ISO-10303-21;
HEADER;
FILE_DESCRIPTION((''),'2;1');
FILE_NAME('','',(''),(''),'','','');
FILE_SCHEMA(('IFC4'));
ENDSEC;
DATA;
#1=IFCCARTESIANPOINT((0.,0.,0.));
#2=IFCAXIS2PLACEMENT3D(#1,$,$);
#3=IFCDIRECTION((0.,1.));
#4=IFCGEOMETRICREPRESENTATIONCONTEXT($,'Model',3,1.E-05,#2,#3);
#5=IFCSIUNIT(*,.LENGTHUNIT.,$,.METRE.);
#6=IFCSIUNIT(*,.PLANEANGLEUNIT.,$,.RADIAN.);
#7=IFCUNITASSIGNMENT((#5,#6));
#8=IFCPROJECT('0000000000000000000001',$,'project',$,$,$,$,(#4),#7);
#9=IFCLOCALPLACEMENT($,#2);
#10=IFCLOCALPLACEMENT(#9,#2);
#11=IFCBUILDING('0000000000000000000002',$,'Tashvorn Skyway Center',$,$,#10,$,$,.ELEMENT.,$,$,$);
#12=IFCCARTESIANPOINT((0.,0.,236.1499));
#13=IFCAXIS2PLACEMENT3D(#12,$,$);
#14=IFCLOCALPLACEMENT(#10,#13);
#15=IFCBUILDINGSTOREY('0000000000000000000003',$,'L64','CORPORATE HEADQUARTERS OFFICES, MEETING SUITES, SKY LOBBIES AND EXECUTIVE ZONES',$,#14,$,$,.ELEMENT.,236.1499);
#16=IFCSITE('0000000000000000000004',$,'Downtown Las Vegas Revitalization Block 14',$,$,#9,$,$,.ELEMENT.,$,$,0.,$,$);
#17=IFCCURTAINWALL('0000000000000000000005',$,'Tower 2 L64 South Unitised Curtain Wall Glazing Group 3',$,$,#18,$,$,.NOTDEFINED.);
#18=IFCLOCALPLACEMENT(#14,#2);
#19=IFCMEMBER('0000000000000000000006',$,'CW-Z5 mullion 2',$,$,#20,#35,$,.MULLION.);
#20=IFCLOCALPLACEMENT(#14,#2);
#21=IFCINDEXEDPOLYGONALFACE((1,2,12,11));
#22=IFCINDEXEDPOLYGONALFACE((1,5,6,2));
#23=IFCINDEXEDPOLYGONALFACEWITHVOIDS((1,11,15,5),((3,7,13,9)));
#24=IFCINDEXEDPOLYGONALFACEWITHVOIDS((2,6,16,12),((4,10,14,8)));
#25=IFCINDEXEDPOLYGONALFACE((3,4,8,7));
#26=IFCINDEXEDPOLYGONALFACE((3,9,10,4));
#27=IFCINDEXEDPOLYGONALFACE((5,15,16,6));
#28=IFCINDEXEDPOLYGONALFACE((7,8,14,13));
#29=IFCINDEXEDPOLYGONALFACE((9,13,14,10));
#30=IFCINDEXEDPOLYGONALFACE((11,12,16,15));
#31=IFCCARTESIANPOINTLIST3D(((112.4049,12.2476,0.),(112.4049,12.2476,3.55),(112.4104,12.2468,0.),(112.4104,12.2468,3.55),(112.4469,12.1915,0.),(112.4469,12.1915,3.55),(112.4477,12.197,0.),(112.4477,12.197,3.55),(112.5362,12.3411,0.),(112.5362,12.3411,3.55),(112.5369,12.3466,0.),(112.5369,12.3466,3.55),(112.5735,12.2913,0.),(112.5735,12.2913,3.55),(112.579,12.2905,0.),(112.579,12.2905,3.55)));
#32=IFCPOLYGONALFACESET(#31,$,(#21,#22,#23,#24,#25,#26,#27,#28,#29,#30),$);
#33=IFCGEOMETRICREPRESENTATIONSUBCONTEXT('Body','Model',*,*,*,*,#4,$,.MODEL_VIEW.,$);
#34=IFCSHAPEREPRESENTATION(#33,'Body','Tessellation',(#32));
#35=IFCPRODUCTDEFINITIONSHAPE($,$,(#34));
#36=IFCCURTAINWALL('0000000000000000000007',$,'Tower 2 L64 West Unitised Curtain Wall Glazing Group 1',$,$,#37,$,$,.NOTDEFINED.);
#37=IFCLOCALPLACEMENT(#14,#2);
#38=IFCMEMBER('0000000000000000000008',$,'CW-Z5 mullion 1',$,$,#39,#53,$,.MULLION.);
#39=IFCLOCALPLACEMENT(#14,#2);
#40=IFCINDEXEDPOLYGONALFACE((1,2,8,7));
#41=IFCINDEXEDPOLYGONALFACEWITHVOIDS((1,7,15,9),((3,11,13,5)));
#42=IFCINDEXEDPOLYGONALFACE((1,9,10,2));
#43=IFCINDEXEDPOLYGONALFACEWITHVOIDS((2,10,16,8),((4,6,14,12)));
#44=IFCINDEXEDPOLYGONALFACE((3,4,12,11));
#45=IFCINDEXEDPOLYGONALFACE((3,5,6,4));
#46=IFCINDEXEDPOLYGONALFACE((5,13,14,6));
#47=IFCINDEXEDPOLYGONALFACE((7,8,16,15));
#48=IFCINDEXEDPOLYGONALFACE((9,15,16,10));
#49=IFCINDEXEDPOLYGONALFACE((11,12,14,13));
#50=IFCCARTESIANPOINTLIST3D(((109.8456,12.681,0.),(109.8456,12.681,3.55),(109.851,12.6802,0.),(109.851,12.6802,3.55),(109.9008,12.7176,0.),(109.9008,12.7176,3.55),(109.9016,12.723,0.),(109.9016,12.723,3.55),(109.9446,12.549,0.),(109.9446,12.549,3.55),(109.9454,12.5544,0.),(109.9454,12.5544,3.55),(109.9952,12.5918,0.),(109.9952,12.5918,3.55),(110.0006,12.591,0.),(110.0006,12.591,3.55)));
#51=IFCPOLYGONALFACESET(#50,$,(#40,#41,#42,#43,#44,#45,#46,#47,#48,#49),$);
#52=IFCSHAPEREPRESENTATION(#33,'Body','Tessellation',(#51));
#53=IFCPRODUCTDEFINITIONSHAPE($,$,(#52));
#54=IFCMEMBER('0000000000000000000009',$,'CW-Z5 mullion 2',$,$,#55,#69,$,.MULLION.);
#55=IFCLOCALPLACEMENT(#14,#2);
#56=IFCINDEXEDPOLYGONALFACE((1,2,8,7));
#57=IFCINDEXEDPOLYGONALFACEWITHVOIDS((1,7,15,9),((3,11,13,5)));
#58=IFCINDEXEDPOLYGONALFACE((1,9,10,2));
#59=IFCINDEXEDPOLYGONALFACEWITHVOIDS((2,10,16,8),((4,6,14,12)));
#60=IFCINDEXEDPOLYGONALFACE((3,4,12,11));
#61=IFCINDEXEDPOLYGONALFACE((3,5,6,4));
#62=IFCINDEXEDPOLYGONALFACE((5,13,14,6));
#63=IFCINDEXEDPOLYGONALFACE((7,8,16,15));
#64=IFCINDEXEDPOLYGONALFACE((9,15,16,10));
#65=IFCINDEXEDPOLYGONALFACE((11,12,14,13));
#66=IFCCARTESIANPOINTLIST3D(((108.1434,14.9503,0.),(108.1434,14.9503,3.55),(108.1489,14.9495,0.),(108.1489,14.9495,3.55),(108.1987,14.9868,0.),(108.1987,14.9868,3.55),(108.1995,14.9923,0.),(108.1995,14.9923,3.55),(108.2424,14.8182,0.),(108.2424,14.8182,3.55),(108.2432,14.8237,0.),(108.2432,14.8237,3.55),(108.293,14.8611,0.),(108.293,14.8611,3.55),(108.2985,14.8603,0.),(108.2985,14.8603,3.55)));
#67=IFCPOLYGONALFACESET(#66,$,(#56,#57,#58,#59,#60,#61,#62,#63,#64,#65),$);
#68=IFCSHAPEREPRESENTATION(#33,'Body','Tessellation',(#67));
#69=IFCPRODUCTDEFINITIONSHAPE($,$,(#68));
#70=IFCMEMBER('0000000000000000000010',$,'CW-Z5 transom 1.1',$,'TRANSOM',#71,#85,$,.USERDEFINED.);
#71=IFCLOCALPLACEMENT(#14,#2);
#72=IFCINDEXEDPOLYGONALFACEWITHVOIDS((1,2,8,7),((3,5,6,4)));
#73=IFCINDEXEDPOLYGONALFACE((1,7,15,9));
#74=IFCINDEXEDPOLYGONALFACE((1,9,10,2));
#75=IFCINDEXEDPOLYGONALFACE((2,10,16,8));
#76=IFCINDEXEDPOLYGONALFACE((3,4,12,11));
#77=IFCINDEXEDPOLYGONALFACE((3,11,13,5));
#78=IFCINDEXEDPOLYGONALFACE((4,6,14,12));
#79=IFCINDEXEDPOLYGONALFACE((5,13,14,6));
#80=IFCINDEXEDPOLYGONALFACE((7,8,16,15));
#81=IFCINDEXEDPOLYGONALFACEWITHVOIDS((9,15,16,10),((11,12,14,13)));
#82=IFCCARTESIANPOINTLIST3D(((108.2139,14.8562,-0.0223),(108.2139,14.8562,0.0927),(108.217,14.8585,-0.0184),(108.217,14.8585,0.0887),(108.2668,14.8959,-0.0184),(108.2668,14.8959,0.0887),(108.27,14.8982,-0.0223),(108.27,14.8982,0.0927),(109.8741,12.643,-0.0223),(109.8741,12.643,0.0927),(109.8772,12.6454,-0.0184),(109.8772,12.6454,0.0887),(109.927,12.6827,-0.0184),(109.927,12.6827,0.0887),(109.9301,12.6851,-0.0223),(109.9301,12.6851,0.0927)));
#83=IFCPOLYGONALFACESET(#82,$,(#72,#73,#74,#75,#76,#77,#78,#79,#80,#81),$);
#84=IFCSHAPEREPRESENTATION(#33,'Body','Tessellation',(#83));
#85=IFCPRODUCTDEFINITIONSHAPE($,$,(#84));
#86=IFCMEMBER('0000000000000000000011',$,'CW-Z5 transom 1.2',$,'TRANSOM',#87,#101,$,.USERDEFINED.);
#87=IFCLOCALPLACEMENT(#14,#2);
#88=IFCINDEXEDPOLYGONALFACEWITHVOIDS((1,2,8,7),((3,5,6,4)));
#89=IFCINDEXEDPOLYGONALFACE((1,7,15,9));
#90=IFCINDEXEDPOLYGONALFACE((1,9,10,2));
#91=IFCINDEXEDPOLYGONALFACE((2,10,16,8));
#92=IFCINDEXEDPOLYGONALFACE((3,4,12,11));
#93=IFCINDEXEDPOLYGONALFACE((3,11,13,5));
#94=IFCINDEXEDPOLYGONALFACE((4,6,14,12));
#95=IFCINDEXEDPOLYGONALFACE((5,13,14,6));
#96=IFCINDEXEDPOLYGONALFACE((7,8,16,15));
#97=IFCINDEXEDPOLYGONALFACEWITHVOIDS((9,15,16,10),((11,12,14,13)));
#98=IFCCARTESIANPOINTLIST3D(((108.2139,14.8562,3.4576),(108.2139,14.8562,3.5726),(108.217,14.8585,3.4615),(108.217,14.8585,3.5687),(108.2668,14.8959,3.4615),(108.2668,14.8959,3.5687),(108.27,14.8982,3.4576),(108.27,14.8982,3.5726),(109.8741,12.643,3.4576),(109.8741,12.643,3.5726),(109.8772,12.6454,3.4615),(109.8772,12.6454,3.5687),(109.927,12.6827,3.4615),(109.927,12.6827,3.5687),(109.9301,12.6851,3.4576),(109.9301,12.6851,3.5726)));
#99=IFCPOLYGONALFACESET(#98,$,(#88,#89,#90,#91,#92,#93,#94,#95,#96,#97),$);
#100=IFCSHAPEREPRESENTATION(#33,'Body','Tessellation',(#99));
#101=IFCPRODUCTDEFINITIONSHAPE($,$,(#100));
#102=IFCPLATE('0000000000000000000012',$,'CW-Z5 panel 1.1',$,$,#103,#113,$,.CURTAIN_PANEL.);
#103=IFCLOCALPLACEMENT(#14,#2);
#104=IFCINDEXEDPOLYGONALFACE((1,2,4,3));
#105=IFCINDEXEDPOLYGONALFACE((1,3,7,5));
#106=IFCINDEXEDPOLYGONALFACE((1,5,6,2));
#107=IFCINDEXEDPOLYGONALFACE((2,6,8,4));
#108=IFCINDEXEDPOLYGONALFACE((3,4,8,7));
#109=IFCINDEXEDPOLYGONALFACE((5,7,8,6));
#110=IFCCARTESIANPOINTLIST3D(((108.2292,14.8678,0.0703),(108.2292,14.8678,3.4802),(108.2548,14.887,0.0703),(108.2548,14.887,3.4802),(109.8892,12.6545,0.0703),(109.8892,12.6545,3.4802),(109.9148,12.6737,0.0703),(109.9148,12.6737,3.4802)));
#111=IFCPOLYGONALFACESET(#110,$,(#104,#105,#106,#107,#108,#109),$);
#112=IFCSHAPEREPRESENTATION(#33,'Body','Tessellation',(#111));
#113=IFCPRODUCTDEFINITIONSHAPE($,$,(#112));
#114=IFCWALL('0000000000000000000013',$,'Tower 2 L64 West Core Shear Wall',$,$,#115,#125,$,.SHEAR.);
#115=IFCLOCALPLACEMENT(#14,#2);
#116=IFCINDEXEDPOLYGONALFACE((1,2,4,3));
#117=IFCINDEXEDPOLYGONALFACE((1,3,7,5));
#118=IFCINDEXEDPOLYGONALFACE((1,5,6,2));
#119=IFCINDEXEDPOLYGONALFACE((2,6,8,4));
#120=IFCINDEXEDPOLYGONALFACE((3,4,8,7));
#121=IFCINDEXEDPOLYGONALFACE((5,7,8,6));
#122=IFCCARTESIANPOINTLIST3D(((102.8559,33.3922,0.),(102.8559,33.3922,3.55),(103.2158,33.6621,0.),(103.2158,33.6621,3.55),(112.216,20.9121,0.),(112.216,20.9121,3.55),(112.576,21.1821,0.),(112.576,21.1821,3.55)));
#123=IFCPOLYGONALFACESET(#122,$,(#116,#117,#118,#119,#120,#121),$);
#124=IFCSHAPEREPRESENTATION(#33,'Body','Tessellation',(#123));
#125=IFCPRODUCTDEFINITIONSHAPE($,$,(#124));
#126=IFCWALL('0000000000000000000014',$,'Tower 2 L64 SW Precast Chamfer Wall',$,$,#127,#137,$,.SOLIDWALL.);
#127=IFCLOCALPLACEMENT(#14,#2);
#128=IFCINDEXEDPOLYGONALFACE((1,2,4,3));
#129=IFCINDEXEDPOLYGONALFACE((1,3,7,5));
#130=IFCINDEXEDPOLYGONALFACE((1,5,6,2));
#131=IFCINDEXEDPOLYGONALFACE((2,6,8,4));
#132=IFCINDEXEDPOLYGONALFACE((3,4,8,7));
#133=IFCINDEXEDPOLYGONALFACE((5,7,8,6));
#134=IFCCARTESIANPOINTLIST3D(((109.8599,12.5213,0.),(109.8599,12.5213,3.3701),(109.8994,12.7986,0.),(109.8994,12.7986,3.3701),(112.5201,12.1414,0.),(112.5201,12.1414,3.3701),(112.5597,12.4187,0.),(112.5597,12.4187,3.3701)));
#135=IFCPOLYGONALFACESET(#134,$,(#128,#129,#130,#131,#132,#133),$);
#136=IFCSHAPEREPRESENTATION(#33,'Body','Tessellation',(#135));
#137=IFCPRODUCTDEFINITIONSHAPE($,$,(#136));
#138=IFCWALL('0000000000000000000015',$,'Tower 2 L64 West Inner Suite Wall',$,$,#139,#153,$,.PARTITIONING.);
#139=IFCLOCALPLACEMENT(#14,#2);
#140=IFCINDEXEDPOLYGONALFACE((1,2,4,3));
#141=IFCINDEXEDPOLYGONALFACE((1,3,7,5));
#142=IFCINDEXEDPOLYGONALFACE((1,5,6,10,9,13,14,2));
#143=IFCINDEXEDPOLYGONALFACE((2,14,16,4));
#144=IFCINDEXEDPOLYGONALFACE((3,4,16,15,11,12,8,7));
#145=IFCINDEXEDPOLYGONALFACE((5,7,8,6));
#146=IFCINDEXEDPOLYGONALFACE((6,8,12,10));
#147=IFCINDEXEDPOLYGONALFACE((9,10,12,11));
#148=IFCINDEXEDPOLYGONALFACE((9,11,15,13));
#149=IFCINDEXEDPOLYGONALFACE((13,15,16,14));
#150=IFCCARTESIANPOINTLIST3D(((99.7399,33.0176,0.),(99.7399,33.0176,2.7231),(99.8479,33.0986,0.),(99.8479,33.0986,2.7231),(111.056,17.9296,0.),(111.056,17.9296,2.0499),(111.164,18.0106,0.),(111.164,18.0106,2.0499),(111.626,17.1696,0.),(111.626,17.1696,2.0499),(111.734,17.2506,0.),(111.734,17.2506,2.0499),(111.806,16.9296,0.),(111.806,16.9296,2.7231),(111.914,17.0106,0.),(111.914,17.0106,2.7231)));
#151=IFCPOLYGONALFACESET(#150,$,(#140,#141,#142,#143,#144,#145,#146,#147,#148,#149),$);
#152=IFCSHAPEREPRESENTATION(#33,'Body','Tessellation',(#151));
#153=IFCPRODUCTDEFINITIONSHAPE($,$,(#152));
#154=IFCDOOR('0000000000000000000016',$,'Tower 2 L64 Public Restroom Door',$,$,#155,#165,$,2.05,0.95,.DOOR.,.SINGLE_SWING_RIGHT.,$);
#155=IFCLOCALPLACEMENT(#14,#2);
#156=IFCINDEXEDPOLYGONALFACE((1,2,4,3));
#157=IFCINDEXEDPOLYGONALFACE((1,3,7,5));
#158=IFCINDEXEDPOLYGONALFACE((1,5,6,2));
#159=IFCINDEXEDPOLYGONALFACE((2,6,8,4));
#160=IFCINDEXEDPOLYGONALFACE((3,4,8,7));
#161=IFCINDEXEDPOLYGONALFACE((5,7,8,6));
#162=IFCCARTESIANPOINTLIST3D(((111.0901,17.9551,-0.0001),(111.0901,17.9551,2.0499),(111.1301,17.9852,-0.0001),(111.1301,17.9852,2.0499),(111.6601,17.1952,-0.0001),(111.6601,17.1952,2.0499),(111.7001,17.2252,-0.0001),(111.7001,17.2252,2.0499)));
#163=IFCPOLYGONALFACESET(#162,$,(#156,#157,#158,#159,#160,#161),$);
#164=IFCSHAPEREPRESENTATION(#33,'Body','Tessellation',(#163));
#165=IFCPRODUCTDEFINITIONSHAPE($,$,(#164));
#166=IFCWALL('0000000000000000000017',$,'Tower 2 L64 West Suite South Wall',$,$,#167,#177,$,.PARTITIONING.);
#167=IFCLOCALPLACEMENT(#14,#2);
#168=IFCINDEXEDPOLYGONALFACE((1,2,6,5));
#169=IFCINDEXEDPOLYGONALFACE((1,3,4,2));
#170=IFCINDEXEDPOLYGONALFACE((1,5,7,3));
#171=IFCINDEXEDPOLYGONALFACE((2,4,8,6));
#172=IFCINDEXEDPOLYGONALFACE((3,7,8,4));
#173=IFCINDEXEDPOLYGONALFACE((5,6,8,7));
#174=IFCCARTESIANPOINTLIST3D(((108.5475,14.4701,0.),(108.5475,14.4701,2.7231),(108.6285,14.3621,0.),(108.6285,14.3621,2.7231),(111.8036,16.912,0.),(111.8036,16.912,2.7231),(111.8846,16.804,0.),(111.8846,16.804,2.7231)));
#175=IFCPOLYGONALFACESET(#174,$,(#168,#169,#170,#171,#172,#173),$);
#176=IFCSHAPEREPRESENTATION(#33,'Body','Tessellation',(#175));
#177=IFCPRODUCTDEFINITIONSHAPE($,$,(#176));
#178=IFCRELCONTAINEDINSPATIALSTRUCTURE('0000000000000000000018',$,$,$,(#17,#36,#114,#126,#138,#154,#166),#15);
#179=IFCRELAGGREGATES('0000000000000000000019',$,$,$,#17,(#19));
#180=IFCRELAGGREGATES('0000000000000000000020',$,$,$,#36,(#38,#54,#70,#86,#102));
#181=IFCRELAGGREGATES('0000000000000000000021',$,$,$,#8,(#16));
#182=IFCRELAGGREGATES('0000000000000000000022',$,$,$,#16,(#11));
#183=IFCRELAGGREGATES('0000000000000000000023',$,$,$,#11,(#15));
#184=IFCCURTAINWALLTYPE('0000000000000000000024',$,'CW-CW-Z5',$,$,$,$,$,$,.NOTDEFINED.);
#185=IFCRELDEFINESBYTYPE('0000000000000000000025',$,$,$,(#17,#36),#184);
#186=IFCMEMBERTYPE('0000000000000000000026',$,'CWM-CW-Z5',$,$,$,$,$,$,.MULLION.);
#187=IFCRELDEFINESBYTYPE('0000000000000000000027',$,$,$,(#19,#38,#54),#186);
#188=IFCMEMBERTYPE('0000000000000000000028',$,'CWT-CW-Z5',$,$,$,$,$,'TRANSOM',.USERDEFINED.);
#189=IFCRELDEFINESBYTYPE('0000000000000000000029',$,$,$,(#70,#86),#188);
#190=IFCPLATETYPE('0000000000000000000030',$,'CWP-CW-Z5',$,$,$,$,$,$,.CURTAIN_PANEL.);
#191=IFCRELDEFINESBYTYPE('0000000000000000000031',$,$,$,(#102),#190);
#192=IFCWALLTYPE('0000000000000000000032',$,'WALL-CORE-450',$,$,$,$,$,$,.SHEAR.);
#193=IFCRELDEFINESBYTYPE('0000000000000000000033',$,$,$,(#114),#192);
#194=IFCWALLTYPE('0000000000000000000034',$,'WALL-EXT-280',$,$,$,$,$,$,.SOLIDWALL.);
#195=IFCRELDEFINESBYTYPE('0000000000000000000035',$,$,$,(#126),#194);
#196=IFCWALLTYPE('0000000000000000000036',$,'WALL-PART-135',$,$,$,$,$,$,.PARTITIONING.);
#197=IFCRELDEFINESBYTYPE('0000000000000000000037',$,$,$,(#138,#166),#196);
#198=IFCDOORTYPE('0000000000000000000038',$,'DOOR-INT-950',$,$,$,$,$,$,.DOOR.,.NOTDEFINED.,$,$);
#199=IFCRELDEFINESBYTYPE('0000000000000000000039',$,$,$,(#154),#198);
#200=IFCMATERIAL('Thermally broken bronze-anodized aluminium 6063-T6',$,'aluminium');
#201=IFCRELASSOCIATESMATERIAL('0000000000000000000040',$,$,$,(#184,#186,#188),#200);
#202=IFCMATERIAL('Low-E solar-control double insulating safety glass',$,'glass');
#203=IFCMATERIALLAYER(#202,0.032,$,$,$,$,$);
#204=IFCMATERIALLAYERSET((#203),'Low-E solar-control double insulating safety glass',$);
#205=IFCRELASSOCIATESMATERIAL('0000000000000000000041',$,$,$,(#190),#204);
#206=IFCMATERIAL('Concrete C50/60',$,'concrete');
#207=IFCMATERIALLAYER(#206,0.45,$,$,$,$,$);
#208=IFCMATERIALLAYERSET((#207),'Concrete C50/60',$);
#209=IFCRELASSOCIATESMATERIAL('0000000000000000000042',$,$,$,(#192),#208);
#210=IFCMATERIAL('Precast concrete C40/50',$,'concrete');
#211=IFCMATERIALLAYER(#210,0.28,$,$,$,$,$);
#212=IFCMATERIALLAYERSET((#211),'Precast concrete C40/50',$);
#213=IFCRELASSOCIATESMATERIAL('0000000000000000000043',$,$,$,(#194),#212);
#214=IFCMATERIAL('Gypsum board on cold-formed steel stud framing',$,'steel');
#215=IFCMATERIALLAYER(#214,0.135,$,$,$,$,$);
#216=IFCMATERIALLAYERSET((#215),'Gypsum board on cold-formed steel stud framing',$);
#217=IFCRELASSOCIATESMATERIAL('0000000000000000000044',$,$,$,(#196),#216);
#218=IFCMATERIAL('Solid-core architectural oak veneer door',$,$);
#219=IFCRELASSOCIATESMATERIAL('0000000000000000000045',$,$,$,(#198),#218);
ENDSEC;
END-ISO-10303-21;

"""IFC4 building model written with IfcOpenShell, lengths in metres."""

from ifc_helpers import new_model, si_unit, direction, frame, frame_2d, origin, origin_2d, place, context, subcontext, project, spatial, rectangle, hollow_rectangle, extrude, material, layer, layer_set, material_profile, profile_set, type_object, element, fill, aggregate, save


model = new_model("IFC4")

# Units and contexts
model_context = context("Model", 3, precision=1e-05, world=origin(), true_north=direction((0.0, 1.0)))
body_context = subcontext(model_context, "Body", "Model", "MODEL_VIEW")
ifc_project = project(units=[si_unit("LENGTHUNIT", "METRE"), si_unit("PLANEANGLEUNIT", "RADIAN")], contexts=[model_context])

# Site, building, storey
site_placement = place(None, origin())
site = spatial("IfcSite", under=ifc_project, at=site_placement, Name="Downtown Las Vegas Revitalization Block 14", CompositionType="ELEMENT", RefElevation=0.0)
building_placement = place(site_placement, origin())
building = spatial("IfcBuilding", under=site, at=building_placement, Name="Tashvorn Skyway Center", CompositionType="ELEMENT")
storey_placement = place(building_placement, frame((0.0, 0.0, 236.1499)))
storey = spatial("IfcBuildingStorey", under=building, at=storey_placement, Name="L64", Description="CORPORATE HEADQUARTERS OFFICES, MEETING SUITES, SKY LOBBIES AND EXECUTIVE ZONES", CompositionType="ELEMENT", Elevation=236.1499)

# Shared definitions
ifc_material_1 = material(Name="Concrete C50/60", Category="concrete")

# Curtain wall, member
ifc_material_2 = material(Name="Thermally broken bronze-anodized aluminium 6063-T6", Category="aluminium")
curtain_wall_type = type_object("IfcCurtainWallType", Name="CW-CW-Z5", PredefinedType="NOTDEFINED", material=ifc_material_2)
curtain_wall_1_placement = place(storey_placement, origin())
curtain_wall_1 = element("IfcCurtainWall", 1, at=curtain_wall_1_placement, inside=storey, type_object=curtain_wall_type, Name="Tower 2 L64 South Unitised Curtain Wall Glazing Group 3", PredefinedType="NOTDEFINED")
ifc_material_profile_1 = material_profile(ifc_material_2, hollow_rectangle(XDim=0.0701, YDim=0.165, WallThickness=0.0039, at=origin_2d()), Name="ALU-MULL-70x165")
ifc_profile_set_1 = profile_set([ifc_material_profile_1], Name="Thermally broken bronze-anodized aluminium 6063-T6")
member_type_1 = type_object("IfcMemberType", Name="CWM-CW-Z5", PredefinedType="MULLION", material=ifc_profile_set_1)
member_1_placement = place(storey_placement, frame((112.4919, 12.269, 0.0), z_axis=(0.0, 0.0, 1.0), x_axis=(0.600006, -0.799996, 0.0)))
member_1 = element("IfcMember", 2, at=member_1_placement, type_object=member_type_1, Name="CW-Z5 mullion 2", PredefinedType="MULLION", context=body_context, shape_type="SweptSolid", body=[
    extrude(hollow_rectangle(XDim=0.0701, YDim=0.165, WallThickness=0.0039, at=origin_2d()), origin(), (0.0, 0.0, 1.0), 3.55),
])
aggregate(curtain_wall_1, [member_1])

# Curtain wall, members, plate
curtain_wall_2_placement = place(storey_placement, origin())
curtain_wall_2 = element("IfcCurtainWall", 3, at=curtain_wall_2_placement, inside=storey, type_object=curtain_wall_type, Name="Tower 2 L64 West Unitised Curtain Wall Glazing Group 1", PredefinedType="NOTDEFINED")
member_2_placement = place(storey_placement, frame((109.9231, 12.636, 0.0), z_axis=(0.0, 0.0, 1.0), x_axis=(-0.799996, -0.600006, 0.0)))
member_2 = element("IfcMember", 4, at=member_2_placement, type_object=member_type_1, Name="CW-Z5 mullion 1", PredefinedType="MULLION", context=body_context, shape_type="SweptSolid", body=[
    extrude(hollow_rectangle(XDim=0.0701, YDim=0.165, WallThickness=0.0039, at=origin_2d()), origin(), (0.0, 0.0, 1.0), 3.55),
])
member_3_placement = place(storey_placement, frame((108.2209, 14.9053, 0.0), z_axis=(0.0, 0.0, 1.0), x_axis=(-0.799996, -0.600006, 0.0)))
member_3 = element("IfcMember", 5, at=member_3_placement, type_object=member_type_1, Name="CW-Z5 mullion 2", PredefinedType="MULLION", context=body_context, shape_type="SweptSolid", body=[
    extrude(hollow_rectangle(XDim=0.0701, YDim=0.165, WallThickness=0.0039, at=origin_2d()), origin(), (0.0, 0.0, 1.0), 3.55),
])
ifc_material_profile_2 = material_profile(ifc_material_2, hollow_rectangle(XDim=0.0701, YDim=0.115, WallThickness=0.0039, at=origin_2d()), Name="ALU-TRAN-70x115")
ifc_profile_set_2 = profile_set([ifc_material_profile_2], Name="Thermally broken bronze-anodized aluminium 6063-T6")
member_type_2 = type_object("IfcMemberType", Name="CWT-CW-Z5", ElementType="TRANSOM", PredefinedType="USERDEFINED", material=ifc_profile_set_2)
member_4_placement = place(storey_placement, frame((109.9021, 12.6641, 0.0352), z_axis=(-0.600071, 0.799947, 0.0), x_axis=(-0.799947, -0.600071, 0.0)))
member_4 = element("IfcMember", 6, at=member_4_placement, type_object=member_type_2, Name="CW-Z5 transom 1.1", ObjectType="TRANSOM", PredefinedType="USERDEFINED", context=body_context, shape_type="SweptSolid", body=[
    extrude(hollow_rectangle(XDim=0.0701, YDim=0.115, WallThickness=0.0039, at=origin_2d()), origin(), (0.0, 0.0, 1.0), 2.7666),
])
member_5_placement = place(storey_placement, frame((109.9021, 12.6641, 3.5151), z_axis=(-0.600071, 0.799947, 0.0), x_axis=(-0.799947, -0.600071, 0.0)))
member_5 = element("IfcMember", 7, at=member_5_placement, type_object=member_type_2, Name="CW-Z5 transom 1.2", ObjectType="TRANSOM", PredefinedType="USERDEFINED", context=body_context, shape_type="SweptSolid", body=[
    extrude(hollow_rectangle(XDim=0.0701, YDim=0.115, WallThickness=0.0039, at=origin_2d()), origin(), (0.0, 0.0, 1.0), 2.7666),
])
ifc_material_3 = material(Name="Low-E solar-control double insulating safety glass", Category="glass")
ifc_layer_1 = layer(ifc_material_3, 0.032)
ifc_layer_set_1 = layer_set([ifc_layer_1], Name="Low-E solar-control double insulating safety glass")
plate_type = type_object("IfcPlateType", Name="CWP-CW-Z5", PredefinedType="CURTAIN_PANEL", material=ifc_layer_set_1)
plate_placement = place(storey_placement, frame((109.072, 13.7708, 0.0703), z_axis=(0.0, 0.0, 1.0), x_axis=(-0.600006, 0.799996, 0.0)))
plate = element("IfcPlate", 8, at=plate_placement, type_object=plate_type, Name="CW-Z5 panel 1.1", PredefinedType="CURTAIN_PANEL", context=body_context, shape_type="SweptSolid", body=[
    extrude(rectangle(XDim=2.7666, YDim=0.032, at=origin_2d()), origin(), (0.0, 0.0, 1.0), 3.4099),
])
aggregate(curtain_wall_2, [member_2, member_3, member_4, member_5, plate])

# Walls
ifc_layer_2 = layer(ifc_material_1, 0.45)
ifc_layer_set_2 = layer_set([ifc_layer_2], Name="Concrete C50/60")
wall_type_1 = type_object("IfcWallType", Name="WALL-CORE-450", PredefinedType="SHEAR", material=ifc_layer_set_2)
wall_1_placement = place(storey_placement, frame((112.396, 21.0471, 0.0), z_axis=(0.0, 0.0, 1.0), x_axis=(-0.600005, 0.799996, 0.0)))
element("IfcWall", 9, at=wall_1_placement, inside=storey, type_object=wall_type_1, Name="Tower 2 L64 West Core Shear Wall", PredefinedType="SHEAR", context=body_context, shape_type="SweptSolid", body=[
    extrude(rectangle(XDim=15.6001, YDim=0.45, at=frame_2d((7.8, 0.0))), origin(), (0.0, 0.0, 1.0), 3.55),
])
ifc_material_4 = material(Name="Precast concrete C40/50", Category="concrete")
ifc_layer_3 = layer(ifc_material_4, 0.28)
ifc_layer_set_3 = layer_set([ifc_layer_3], Name="Precast concrete C40/50")
wall_type_2 = type_object("IfcWallType", Name="WALL-EXT-280", PredefinedType="SOLIDWALL", material=ifc_layer_set_3)
wall_2_placement = place(storey_placement, frame((112.54, 12.28, 0.0), z_axis=(0.0, 0.0, 1.0), x_axis=(-0.989957, 0.14137, 0.0)))
element("IfcWall", 10, at=wall_2_placement, inside=storey, type_object=wall_type_2, Name="Tower 2 L64 SW Precast Chamfer Wall", PredefinedType="SOLIDWALL", context=body_context, shape_type="SweptSolid", body=[
    extrude(rectangle(XDim=2.6873, YDim=0.28, at=frame_2d((1.3438, 0.0))), origin(), (0.0, 0.0, 1.0), 3.3701),
])

# Wall, opening, door
ifc_material_5 = material(Name="Gypsum board on cold-formed steel stud framing", Category="steel")
ifc_layer_4 = layer(ifc_material_5, 0.135)
ifc_layer_set_4 = layer_set([ifc_layer_4], Name="Gypsum board on cold-formed steel stud framing")
wall_type_3 = type_object("IfcWallType", Name="WALL-PART-135", PredefinedType="PARTITIONING", material=ifc_layer_set_4)
wall_3_placement = place(storey_placement, frame((111.8601, 16.97, 0.0), z_axis=(0.0, 0.0, 1.0), x_axis=(-0.600002, 0.799999, 0.0)))
wall_3 = element("IfcWall", 11, at=wall_3_placement, inside=storey, type_object=wall_type_3, Name="Tower 2 L64 West Inner Suite Wall", PredefinedType="PARTITIONING", context=body_context, shape_type="SweptSolid", body=[
    extrude(rectangle(XDim=20.1101, YDim=0.135, at=frame_2d((10.0552, 0.0))), origin(), (0.0, 0.0, 1.0), 2.7231),
])
opening_1_placement = place(wall_3_placement, frame((0.3, 0.0, 0.0)))
opening_1 = element("IfcOpeningElement", 12, at=opening_1_placement, cuts=wall_3, PredefinedType="OPENING", context=body_context, shape_type="SweptSolid", body=[
    extrude(rectangle(XDim=0.95, YDim=2.05, at=frame_2d((0.4751, 1.0249))), frame((0.0, 0.0774, 0.0), z_axis=(0.0, -1.0, 0.0), x_axis=(1.0, 0.0, 0.0)), (0.0, 0.0, 1.0), 0.155),
])
ifc_material_6 = material(Name="Solid-core architectural oak veneer door")
door_type_1 = type_object("IfcDoorType", Name="DOOR-INT-950", OperationType="NOTDEFINED", PredefinedType="DOOR", material=ifc_material_6)
door_1_placement = place(opening_1_placement, origin())
door_1 = element("IfcDoor", 13, at=door_1_placement, inside=storey, type_object=door_type_1, Name="Tower 2 L64 Public Restroom Door", OperationType="SINGLE_SWING_RIGHT", OverallHeight=2.05, OverallWidth=0.95, PredefinedType="DOOR", context=body_context, shape_type="SweptSolid", body=[
    extrude(rectangle(XDim=0.95, YDim=2.05, at=frame_2d((0.4751, 1.0249))), frame((0.0, 0.0249, 0.0), z_axis=(0.0, -1.0, 0.0), x_axis=(1.0, 0.0, 0.0)), (0.0, 0.0, 1.0), 0.05),
])
fill(opening_1, door_1)

# Wall
wall_4_placement = place(storey_placement, frame((108.5879, 14.416, 0.0), z_axis=(0.0, 0.0, 1.0), x_axis=(0.800022, 0.599971, 0.0)))
element("IfcWall", 14, at=wall_4_placement, inside=storey, type_object=wall_type_3, Name="Tower 2 L64 West Suite South Wall", PredefinedType="PARTITIONING", context=body_context, shape_type="SweptSolid", body=[
    extrude(rectangle(XDim=4.0701, YDim=0.135, at=frame_2d((2.0352, 0.0))), origin(), (0.0, 0.0, 1.0), 2.7231),
])

save(model, "model.ifc")
